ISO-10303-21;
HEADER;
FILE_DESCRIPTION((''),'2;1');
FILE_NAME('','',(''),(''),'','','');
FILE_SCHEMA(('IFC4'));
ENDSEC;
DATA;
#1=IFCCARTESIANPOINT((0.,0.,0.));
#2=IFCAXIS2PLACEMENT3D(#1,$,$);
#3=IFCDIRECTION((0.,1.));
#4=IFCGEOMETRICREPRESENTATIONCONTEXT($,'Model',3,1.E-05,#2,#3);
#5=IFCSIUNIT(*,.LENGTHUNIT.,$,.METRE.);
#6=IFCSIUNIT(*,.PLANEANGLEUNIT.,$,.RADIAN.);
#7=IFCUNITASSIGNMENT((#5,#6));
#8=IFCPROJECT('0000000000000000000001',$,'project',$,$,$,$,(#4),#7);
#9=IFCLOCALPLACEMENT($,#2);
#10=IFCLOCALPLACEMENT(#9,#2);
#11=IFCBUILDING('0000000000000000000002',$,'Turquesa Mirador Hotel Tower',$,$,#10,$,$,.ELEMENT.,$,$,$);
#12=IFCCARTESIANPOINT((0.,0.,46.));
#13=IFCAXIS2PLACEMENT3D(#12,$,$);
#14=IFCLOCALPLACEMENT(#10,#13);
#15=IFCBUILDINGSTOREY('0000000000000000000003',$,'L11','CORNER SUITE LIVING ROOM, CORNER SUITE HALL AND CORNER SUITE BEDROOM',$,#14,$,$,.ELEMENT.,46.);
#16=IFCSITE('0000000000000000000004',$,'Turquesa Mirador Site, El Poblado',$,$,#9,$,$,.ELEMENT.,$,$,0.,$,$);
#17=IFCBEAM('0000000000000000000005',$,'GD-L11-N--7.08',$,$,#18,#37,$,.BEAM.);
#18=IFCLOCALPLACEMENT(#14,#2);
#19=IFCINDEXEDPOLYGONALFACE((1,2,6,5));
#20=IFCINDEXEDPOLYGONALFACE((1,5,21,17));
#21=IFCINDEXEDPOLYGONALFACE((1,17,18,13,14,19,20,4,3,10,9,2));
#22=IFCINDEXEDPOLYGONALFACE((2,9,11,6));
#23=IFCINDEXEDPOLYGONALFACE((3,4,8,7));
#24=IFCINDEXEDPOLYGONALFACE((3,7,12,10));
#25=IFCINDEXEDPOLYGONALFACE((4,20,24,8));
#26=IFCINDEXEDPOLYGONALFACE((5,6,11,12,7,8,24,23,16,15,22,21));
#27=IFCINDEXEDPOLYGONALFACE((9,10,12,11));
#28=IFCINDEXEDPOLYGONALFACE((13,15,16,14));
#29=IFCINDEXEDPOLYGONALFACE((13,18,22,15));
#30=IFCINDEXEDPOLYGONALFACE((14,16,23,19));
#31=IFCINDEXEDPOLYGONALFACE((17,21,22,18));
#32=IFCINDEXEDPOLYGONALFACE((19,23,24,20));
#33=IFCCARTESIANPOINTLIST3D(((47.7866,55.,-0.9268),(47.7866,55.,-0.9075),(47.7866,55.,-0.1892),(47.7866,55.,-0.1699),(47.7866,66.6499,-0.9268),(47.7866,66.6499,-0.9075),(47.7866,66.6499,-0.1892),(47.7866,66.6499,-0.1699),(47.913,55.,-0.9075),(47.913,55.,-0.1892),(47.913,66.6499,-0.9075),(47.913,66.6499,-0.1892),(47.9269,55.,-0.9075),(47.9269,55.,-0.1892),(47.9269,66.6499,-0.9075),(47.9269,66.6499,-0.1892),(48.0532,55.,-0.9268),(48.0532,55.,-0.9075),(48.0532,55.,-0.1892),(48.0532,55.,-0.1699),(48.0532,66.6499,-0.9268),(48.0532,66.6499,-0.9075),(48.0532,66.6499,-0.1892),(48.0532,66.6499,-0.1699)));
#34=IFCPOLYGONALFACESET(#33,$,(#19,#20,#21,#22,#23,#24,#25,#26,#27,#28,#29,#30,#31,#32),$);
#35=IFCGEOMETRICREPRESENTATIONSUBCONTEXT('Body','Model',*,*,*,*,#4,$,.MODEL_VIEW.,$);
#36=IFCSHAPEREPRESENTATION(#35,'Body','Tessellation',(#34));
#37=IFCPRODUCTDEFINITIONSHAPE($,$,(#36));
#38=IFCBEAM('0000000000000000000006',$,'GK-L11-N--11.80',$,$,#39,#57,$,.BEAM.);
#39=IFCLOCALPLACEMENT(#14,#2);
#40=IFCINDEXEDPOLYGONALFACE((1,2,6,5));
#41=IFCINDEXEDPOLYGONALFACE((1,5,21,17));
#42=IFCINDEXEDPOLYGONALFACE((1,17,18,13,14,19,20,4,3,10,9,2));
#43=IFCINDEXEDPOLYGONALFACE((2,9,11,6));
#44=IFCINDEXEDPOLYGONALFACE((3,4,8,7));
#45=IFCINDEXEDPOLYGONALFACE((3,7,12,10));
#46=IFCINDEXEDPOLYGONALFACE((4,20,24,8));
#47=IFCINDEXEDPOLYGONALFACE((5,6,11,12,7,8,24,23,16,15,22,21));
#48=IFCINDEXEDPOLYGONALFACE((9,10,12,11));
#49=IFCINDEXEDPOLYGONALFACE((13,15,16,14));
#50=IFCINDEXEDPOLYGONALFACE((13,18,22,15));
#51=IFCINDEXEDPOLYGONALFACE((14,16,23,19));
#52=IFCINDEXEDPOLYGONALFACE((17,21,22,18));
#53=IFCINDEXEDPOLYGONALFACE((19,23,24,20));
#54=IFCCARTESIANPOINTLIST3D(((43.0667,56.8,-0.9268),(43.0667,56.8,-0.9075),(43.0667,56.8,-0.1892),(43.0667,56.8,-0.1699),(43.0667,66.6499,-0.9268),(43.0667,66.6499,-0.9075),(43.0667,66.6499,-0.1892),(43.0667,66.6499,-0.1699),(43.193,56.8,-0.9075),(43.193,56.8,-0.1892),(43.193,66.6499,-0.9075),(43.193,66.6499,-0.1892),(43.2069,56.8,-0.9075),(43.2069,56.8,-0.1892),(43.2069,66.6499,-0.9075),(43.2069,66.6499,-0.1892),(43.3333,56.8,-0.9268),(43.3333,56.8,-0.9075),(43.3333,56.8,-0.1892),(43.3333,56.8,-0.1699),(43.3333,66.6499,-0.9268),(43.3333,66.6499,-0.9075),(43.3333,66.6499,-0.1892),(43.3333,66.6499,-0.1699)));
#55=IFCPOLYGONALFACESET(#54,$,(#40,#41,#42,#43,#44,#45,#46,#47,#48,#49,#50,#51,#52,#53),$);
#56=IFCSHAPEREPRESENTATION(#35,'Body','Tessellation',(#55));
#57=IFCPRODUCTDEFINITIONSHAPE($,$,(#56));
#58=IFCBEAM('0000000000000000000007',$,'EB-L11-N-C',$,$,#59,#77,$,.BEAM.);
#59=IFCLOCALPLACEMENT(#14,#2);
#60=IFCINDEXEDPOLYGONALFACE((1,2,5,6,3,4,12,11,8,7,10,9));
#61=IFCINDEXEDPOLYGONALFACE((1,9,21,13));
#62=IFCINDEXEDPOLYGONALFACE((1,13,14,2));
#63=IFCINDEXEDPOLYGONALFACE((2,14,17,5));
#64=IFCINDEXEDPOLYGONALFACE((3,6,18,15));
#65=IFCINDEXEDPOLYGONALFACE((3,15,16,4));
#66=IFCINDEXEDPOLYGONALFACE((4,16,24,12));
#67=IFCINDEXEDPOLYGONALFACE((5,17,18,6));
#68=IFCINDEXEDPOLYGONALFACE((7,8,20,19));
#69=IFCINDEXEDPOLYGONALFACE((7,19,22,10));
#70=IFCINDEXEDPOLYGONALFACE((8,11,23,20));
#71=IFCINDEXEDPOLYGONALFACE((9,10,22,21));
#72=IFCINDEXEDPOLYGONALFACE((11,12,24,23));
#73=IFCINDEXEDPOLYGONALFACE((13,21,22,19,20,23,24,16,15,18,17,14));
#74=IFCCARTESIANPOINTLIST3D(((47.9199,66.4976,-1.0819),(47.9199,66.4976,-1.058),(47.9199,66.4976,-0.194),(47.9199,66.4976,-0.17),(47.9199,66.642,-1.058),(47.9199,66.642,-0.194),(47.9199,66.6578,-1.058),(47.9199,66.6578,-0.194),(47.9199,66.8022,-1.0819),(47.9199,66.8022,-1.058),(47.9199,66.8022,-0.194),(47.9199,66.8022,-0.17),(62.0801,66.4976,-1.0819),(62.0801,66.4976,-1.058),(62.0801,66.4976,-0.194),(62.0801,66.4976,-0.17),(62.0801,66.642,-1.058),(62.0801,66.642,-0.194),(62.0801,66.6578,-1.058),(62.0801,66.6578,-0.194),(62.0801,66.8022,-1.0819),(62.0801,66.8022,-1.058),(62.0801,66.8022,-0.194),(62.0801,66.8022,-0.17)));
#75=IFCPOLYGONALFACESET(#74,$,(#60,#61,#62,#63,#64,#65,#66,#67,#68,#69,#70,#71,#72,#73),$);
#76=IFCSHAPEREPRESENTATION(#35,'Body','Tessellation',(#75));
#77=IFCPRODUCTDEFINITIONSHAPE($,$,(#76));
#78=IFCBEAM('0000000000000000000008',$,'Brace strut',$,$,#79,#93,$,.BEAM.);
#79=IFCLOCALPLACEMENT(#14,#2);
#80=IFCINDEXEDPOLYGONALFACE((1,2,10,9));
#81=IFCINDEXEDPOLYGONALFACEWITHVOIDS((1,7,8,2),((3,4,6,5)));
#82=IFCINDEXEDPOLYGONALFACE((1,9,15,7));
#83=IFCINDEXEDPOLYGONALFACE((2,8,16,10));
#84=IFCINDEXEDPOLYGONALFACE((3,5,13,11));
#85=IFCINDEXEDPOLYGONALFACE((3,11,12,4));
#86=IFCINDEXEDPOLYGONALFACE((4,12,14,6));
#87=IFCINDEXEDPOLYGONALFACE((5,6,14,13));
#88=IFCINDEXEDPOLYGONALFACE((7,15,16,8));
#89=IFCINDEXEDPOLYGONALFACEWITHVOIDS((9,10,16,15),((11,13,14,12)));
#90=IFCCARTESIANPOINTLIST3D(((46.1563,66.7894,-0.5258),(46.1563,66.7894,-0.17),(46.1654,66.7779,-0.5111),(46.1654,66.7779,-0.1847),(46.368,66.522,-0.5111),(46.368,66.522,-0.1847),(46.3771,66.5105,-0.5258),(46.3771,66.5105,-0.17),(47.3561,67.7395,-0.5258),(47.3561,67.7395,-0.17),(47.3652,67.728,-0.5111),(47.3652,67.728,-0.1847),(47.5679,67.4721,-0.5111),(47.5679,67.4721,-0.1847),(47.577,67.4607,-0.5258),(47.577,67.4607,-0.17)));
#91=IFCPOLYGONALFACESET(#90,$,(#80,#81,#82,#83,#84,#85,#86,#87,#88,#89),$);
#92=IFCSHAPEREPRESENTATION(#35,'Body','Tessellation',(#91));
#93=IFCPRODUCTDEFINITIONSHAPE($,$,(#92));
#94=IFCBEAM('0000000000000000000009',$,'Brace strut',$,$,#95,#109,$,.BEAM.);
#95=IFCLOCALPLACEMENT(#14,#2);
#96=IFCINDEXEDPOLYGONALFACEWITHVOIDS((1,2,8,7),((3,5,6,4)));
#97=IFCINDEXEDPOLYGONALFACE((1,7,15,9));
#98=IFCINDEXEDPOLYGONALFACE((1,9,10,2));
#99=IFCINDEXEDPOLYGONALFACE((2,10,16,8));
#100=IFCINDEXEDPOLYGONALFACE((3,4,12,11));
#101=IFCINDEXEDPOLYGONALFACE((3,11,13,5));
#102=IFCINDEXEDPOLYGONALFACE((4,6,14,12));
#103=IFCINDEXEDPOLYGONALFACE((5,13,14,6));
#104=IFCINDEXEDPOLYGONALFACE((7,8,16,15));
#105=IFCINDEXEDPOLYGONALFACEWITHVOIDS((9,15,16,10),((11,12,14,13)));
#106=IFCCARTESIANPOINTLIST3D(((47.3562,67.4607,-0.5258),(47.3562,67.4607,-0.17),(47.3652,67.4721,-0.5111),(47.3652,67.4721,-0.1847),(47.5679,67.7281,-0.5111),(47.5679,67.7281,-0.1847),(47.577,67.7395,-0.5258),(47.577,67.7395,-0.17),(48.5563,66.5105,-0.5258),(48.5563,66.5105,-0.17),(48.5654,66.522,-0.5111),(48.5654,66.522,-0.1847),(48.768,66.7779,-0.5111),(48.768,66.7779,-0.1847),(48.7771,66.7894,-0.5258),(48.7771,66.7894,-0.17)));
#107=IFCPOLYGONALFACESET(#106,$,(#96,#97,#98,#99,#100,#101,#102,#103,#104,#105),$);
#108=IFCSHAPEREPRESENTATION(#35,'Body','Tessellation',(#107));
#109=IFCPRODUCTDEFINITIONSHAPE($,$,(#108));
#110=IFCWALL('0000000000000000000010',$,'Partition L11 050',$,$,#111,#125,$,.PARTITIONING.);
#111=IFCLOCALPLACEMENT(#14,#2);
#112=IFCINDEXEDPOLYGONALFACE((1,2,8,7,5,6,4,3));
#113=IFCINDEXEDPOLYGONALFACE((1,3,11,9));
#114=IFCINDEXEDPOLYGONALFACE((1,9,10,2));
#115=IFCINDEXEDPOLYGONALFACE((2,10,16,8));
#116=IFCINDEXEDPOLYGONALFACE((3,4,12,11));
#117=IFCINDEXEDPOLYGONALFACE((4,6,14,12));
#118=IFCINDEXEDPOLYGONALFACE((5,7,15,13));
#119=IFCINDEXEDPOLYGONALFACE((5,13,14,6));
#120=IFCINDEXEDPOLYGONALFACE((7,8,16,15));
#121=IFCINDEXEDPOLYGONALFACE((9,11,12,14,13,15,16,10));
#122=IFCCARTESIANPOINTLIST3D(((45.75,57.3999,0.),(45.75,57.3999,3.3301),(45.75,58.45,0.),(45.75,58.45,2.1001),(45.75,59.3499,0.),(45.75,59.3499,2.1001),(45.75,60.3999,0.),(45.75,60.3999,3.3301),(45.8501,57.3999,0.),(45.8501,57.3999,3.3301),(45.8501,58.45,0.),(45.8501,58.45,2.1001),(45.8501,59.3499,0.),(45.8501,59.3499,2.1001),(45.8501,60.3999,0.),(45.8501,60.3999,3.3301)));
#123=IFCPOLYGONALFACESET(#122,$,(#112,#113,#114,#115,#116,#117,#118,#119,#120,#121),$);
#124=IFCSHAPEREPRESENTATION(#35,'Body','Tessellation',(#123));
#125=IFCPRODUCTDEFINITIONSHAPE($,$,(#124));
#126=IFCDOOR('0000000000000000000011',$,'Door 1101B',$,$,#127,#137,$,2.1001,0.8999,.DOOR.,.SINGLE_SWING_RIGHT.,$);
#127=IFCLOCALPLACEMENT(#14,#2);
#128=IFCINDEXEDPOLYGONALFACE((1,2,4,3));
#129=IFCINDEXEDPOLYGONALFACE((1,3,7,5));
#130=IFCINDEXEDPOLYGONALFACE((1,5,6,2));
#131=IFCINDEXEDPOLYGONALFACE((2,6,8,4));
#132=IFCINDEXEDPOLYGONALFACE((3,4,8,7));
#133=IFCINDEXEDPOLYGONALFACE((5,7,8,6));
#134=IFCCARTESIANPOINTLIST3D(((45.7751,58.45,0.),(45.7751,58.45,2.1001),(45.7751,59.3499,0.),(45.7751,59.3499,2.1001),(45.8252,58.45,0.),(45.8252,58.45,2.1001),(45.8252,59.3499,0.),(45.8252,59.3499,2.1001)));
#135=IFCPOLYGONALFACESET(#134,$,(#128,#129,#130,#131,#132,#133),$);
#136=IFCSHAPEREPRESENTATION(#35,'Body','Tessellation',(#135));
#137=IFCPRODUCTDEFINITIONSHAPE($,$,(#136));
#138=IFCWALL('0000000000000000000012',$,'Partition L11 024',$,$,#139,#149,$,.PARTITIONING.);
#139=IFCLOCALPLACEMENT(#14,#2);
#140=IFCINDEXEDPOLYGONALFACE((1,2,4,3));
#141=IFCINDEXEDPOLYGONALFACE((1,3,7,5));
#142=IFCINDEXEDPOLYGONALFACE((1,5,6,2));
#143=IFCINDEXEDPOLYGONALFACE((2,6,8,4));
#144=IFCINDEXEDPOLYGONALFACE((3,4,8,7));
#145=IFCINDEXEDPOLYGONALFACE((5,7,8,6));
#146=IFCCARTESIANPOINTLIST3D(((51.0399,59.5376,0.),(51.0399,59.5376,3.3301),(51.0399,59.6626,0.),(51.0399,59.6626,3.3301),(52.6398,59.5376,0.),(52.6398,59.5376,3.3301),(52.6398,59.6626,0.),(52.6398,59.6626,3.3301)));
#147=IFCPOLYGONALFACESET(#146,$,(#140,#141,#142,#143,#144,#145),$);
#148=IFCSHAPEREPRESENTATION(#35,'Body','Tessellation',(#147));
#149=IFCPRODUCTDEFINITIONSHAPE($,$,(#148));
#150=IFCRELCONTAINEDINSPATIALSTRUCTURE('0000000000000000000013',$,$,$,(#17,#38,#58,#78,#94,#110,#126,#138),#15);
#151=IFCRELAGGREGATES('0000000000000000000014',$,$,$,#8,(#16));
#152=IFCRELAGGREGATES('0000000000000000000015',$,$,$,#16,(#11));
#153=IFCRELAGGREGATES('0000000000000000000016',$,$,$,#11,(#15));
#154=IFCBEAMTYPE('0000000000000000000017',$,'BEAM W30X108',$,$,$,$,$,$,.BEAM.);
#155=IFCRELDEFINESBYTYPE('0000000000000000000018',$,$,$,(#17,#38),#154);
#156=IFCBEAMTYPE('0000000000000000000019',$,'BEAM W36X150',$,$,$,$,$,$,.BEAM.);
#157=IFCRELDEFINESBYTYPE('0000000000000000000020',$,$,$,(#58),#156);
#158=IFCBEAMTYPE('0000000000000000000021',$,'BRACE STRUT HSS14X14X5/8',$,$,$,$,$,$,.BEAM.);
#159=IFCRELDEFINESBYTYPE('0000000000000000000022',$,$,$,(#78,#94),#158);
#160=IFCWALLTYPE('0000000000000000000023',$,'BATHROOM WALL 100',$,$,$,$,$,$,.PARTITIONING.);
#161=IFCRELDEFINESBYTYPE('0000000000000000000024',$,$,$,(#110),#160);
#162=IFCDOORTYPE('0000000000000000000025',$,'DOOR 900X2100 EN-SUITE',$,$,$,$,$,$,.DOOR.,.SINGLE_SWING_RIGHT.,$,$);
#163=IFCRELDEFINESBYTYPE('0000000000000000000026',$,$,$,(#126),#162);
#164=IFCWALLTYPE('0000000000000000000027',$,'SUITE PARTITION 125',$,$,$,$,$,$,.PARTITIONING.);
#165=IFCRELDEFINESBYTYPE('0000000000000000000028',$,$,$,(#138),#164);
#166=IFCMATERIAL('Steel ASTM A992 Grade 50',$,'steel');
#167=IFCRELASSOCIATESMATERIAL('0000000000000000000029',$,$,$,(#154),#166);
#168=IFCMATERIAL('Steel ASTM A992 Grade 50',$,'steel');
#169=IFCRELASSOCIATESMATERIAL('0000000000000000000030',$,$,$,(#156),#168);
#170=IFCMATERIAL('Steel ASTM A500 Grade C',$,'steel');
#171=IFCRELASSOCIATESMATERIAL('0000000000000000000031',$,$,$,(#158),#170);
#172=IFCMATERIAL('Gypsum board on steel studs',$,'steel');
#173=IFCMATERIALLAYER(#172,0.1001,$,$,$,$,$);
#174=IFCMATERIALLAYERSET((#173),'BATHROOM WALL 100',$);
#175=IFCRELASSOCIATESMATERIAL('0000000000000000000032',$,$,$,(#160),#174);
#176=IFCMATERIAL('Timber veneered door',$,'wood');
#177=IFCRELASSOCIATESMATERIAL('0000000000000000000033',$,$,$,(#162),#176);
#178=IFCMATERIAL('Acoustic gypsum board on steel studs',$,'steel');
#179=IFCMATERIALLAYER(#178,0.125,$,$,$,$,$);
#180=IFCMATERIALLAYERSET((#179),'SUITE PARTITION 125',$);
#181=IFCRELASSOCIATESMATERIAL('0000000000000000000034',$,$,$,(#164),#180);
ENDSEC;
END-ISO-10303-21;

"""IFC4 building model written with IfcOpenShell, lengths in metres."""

from ifc_helpers import new_model, si_unit, direction, frame, frame_2d, origin, origin_2d, place, context, subcontext, project, spatial, rectangle, hollow_rectangle, i_section, extrude, material, layer, layer_set, material_profile, profile_set, type_object, element, fill, save


model = new_model("IFC4")

# Units and contexts
model_context = context("Model", 3, precision=1e-05, world=origin(), true_north=direction((0.0, 1.0)))
body_context = subcontext(model_context, "Body", "Model", "MODEL_VIEW")
ifc_project = project(units=[si_unit("LENGTHUNIT", "METRE"), si_unit("PLANEANGLEUNIT", "RADIAN")], contexts=[model_context])

# Site, building, storey
site_placement = place(None, origin())
site = spatial("IfcSite", under=ifc_project, at=site_placement, Name="Turquesa Mirador Site, El Poblado", CompositionType="ELEMENT", RefElevation=0.0)
building_placement = place(site_placement, origin())
building = spatial("IfcBuilding", under=site, at=building_placement, Name="Turquesa Mirador Hotel Tower", CompositionType="ELEMENT")
storey_placement = place(building_placement, frame((0.0, 0.0, 46.0)))
storey = spatial("IfcBuildingStorey", under=building, at=storey_placement, Name="L11", Description="CORNER SUITE LIVING ROOM, CORNER SUITE HALL AND CORNER SUITE BEDROOM", CompositionType="ELEMENT", Elevation=46.0)

# Beams
ifc_material_1 = material(Name="Steel ASTM A992 Grade 50", Category="steel")
ifc_material_profile_1 = material_profile(ifc_material_1, i_section(OverallWidth=0.2666, OverallDepth=0.7568, WebThickness=0.0139, FlangeThickness=0.0193, at=origin_2d()), Name="W30X108")
ifc_profile_set_1 = profile_set([ifc_material_profile_1], Name="Steel ASTM A992 Grade 50")
beam_type_1 = type_object("IfcBeamType", Name="BEAM W30X108", PredefinedType="BEAM", material=ifc_profile_set_1)
beam_1_placement = place(storey_placement, frame((47.9199, 66.6499, -0.5483), z_axis=(0.0, -1.0, 0.0), x_axis=(1.0, 0.0, 0.0)))
element("IfcBeam", 1, at=beam_1_placement, inside=storey, type_object=beam_type_1, Name="GD-L11-N--7.08", PredefinedType="BEAM", context=body_context, shape_type="SweptSolid", body=[
    extrude(i_section(OverallWidth=0.2666, OverallDepth=0.7568, WebThickness=0.0139, FlangeThickness=0.0193, at=origin_2d()), origin(), (0.0, 0.0, 1.0), 11.6499),
])
beam_2_placement = place(storey_placement, frame((43.2, 66.6499, -0.5483), z_axis=(0.0, -1.0, 0.0), x_axis=(1.0, 0.0, 0.0)))
element("IfcBeam", 2, at=beam_2_placement, inside=storey, type_object=beam_type_1, Name="GK-L11-N--11.80", PredefinedType="BEAM", context=body_context, shape_type="SweptSolid", body=[
    extrude(i_section(OverallWidth=0.2666, OverallDepth=0.7568, WebThickness=0.0139, FlangeThickness=0.0193, at=origin_2d()), origin(), (0.0, 0.0, 1.0), 9.8499),
])
ifc_material_2 = material(Name="Steel ASTM A992 Grade 50", Category="steel")
ifc_material_profile_2 = material_profile(ifc_material_2, i_section(OverallWidth=0.3047, OverallDepth=0.9119, WebThickness=0.0159, FlangeThickness=0.0239, at=origin_2d()), Name="W36X150")
ifc_profile_set_2 = profile_set([ifc_material_profile_2], Name="Steel ASTM A992 Grade 50")
beam_type_2 = type_object("IfcBeamType", Name="BEAM W36X150", PredefinedType="BEAM", material=ifc_profile_set_2)
beam_3_placement = place(storey_placement, frame((47.9199, 66.6499, -0.626), z_axis=(1.0, 0.0, 0.0), x_axis=(0.0, 1.0, 0.0)))
element("IfcBeam", 3, at=beam_3_placement, inside=storey, type_object=beam_type_2, Name="EB-L11-N-C", PredefinedType="BEAM", context=body_context, shape_type="SweptSolid", body=[
    extrude(i_section(OverallWidth=0.3047, OverallDepth=0.9119, WebThickness=0.0159, FlangeThickness=0.0239, at=origin_2d()), origin(), (0.0, 0.0, 1.0), 14.1602),
])
ifc_material_3 = material(Name="Steel ASTM A500 Grade C", Category="steel")
ifc_material_profile_3 = material_profile(ifc_material_3, hollow_rectangle(XDim=0.3557, YDim=0.3557, WallThickness=0.0146, at=origin_2d()), Name="HSS14X14X5/8")
ifc_profile_set_3 = profile_set([ifc_material_profile_3], Name="Steel ASTM A500 Grade C")
beam_type_3 = type_object("IfcBeamType", Name="BRACE STRUT HSS14X14X5/8", PredefinedType="BEAM", material=ifc_profile_set_3)
beam_4_placement = place(storey_placement, frame((47.4666, 67.6001, -0.3479), z_axis=(-0.783971, -0.620797, 0.0), x_axis=(0.620797, -0.783971, 0.0)))
element("IfcBeam", 4, at=beam_4_placement, inside=storey, type_object=beam_type_3, Name="Brace strut", PredefinedType="BEAM", context=body_context, shape_type="SweptSolid", body=[
    extrude(hollow_rectangle(XDim=0.3557, YDim=0.3557, WallThickness=0.0146, at=origin_2d()), origin(), (0.0, 0.0, 1.0), 1.5305),
])
beam_5_placement = place(storey_placement, frame((47.4666, 67.6001, -0.3479), z_axis=(0.784033, -0.620719, 0.0), x_axis=(0.620719, 0.784033, 0.0)))
element("IfcBeam", 5, at=beam_5_placement, inside=storey, type_object=beam_type_3, Name="Brace strut", PredefinedType="BEAM", context=body_context, shape_type="SweptSolid", body=[
    extrude(hollow_rectangle(XDim=0.3557, YDim=0.3557, WallThickness=0.0146, at=origin_2d()), origin(), (0.0, 0.0, 1.0), 1.5308),
])

# Wall, opening, door
ifc_material_4 = material(Name="Gypsum board on steel studs", Category="steel")
ifc_layer_1 = layer(ifc_material_4, 0.1001)
ifc_layer_set_1 = layer_set([ifc_layer_1], Name="BATHROOM WALL 100")
wall_type_1 = type_object("IfcWallType", Name="BATHROOM WALL 100", PredefinedType="PARTITIONING", material=ifc_layer_set_1)
wall_1_placement = place(storey_placement, frame((45.8, 57.3999, 0.0), z_axis=(0.0, 0.0, 1.0), x_axis=(0.0, 1.0, 0.0)))
wall_1 = element("IfcWall", 6, at=wall_1_placement, inside=storey, type_object=wall_type_1, Name="Partition L11 050", PredefinedType="PARTITIONING", context=body_context, shape_type="SweptSolid", body=[
    extrude(rectangle(XDim=3.0, YDim=0.1001, at=frame_2d((1.5, 0.0))), origin(), (0.0, 0.0, 1.0), 3.3301),
])
opening_1_placement = place(wall_1_placement, frame((1.05, 0.0, 0.0)))
opening_1 = element("IfcOpeningElement", 7, at=opening_1_placement, cuts=wall_1, PredefinedType="OPENING", context=body_context, shape_type="SweptSolid", body=[
    extrude(rectangle(XDim=0.8999, YDim=2.1001, at=frame_2d((0.45, 1.05))), frame((0.0, 0.0601, 0.0), z_axis=(0.0, -1.0, 0.0), x_axis=(1.0, 0.0, 0.0)), (0.0, 0.0, 1.0), 0.1201),
])
ifc_material_5 = material(Name="Timber veneered door", Category="wood")
door_type_1 = type_object("IfcDoorType", Name="DOOR 900X2100 EN-SUITE", OperationType="SINGLE_SWING_RIGHT", PredefinedType="DOOR", material=ifc_material_5)
door_1_placement = place(opening_1_placement, origin())
door_1 = element("IfcDoor", 8, at=door_1_placement, inside=storey, type_object=door_type_1, Name="Door 1101B", OperationType="SINGLE_SWING_RIGHT", OverallHeight=2.1001, OverallWidth=0.8999, PredefinedType="DOOR", context=body_context, shape_type="SweptSolid", body=[
    extrude(rectangle(XDim=0.8999, YDim=2.1001, at=frame_2d((0.45, 1.05))), frame((0.0, 0.0249, 0.0), z_axis=(0.0, -1.0, 0.0), x_axis=(1.0, 0.0, 0.0)), (0.0, 0.0, 1.0), 0.05),
])
fill(opening_1, door_1)

# Wall
ifc_material_6 = material(Name="Acoustic gypsum board on steel studs", Category="steel")
ifc_layer_2 = layer(ifc_material_6, 0.125)
ifc_layer_set_2 = layer_set([ifc_layer_2], Name="SUITE PARTITION 125")
wall_type_2 = type_object("IfcWallType", Name="SUITE PARTITION 125", PredefinedType="PARTITIONING", material=ifc_layer_set_2)
wall_2_placement = place(storey_placement, frame((51.04, 59.6001, 0.0), z_axis=(0.0, 0.0, 1.0), x_axis=(1.0, 0.0, 0.0)))
element("IfcWall", 9, at=wall_2_placement, inside=storey, type_object=wall_type_2, Name="Partition L11 024", PredefinedType="PARTITIONING", context=body_context, shape_type="SweptSolid", body=[
    extrude(rectangle(XDim=1.5999, YDim=0.125, at=frame_2d((0.7998, 0.0))), origin(), (0.0, 0.0, 1.0), 3.3301),
])

save(model, "model.ifc")
